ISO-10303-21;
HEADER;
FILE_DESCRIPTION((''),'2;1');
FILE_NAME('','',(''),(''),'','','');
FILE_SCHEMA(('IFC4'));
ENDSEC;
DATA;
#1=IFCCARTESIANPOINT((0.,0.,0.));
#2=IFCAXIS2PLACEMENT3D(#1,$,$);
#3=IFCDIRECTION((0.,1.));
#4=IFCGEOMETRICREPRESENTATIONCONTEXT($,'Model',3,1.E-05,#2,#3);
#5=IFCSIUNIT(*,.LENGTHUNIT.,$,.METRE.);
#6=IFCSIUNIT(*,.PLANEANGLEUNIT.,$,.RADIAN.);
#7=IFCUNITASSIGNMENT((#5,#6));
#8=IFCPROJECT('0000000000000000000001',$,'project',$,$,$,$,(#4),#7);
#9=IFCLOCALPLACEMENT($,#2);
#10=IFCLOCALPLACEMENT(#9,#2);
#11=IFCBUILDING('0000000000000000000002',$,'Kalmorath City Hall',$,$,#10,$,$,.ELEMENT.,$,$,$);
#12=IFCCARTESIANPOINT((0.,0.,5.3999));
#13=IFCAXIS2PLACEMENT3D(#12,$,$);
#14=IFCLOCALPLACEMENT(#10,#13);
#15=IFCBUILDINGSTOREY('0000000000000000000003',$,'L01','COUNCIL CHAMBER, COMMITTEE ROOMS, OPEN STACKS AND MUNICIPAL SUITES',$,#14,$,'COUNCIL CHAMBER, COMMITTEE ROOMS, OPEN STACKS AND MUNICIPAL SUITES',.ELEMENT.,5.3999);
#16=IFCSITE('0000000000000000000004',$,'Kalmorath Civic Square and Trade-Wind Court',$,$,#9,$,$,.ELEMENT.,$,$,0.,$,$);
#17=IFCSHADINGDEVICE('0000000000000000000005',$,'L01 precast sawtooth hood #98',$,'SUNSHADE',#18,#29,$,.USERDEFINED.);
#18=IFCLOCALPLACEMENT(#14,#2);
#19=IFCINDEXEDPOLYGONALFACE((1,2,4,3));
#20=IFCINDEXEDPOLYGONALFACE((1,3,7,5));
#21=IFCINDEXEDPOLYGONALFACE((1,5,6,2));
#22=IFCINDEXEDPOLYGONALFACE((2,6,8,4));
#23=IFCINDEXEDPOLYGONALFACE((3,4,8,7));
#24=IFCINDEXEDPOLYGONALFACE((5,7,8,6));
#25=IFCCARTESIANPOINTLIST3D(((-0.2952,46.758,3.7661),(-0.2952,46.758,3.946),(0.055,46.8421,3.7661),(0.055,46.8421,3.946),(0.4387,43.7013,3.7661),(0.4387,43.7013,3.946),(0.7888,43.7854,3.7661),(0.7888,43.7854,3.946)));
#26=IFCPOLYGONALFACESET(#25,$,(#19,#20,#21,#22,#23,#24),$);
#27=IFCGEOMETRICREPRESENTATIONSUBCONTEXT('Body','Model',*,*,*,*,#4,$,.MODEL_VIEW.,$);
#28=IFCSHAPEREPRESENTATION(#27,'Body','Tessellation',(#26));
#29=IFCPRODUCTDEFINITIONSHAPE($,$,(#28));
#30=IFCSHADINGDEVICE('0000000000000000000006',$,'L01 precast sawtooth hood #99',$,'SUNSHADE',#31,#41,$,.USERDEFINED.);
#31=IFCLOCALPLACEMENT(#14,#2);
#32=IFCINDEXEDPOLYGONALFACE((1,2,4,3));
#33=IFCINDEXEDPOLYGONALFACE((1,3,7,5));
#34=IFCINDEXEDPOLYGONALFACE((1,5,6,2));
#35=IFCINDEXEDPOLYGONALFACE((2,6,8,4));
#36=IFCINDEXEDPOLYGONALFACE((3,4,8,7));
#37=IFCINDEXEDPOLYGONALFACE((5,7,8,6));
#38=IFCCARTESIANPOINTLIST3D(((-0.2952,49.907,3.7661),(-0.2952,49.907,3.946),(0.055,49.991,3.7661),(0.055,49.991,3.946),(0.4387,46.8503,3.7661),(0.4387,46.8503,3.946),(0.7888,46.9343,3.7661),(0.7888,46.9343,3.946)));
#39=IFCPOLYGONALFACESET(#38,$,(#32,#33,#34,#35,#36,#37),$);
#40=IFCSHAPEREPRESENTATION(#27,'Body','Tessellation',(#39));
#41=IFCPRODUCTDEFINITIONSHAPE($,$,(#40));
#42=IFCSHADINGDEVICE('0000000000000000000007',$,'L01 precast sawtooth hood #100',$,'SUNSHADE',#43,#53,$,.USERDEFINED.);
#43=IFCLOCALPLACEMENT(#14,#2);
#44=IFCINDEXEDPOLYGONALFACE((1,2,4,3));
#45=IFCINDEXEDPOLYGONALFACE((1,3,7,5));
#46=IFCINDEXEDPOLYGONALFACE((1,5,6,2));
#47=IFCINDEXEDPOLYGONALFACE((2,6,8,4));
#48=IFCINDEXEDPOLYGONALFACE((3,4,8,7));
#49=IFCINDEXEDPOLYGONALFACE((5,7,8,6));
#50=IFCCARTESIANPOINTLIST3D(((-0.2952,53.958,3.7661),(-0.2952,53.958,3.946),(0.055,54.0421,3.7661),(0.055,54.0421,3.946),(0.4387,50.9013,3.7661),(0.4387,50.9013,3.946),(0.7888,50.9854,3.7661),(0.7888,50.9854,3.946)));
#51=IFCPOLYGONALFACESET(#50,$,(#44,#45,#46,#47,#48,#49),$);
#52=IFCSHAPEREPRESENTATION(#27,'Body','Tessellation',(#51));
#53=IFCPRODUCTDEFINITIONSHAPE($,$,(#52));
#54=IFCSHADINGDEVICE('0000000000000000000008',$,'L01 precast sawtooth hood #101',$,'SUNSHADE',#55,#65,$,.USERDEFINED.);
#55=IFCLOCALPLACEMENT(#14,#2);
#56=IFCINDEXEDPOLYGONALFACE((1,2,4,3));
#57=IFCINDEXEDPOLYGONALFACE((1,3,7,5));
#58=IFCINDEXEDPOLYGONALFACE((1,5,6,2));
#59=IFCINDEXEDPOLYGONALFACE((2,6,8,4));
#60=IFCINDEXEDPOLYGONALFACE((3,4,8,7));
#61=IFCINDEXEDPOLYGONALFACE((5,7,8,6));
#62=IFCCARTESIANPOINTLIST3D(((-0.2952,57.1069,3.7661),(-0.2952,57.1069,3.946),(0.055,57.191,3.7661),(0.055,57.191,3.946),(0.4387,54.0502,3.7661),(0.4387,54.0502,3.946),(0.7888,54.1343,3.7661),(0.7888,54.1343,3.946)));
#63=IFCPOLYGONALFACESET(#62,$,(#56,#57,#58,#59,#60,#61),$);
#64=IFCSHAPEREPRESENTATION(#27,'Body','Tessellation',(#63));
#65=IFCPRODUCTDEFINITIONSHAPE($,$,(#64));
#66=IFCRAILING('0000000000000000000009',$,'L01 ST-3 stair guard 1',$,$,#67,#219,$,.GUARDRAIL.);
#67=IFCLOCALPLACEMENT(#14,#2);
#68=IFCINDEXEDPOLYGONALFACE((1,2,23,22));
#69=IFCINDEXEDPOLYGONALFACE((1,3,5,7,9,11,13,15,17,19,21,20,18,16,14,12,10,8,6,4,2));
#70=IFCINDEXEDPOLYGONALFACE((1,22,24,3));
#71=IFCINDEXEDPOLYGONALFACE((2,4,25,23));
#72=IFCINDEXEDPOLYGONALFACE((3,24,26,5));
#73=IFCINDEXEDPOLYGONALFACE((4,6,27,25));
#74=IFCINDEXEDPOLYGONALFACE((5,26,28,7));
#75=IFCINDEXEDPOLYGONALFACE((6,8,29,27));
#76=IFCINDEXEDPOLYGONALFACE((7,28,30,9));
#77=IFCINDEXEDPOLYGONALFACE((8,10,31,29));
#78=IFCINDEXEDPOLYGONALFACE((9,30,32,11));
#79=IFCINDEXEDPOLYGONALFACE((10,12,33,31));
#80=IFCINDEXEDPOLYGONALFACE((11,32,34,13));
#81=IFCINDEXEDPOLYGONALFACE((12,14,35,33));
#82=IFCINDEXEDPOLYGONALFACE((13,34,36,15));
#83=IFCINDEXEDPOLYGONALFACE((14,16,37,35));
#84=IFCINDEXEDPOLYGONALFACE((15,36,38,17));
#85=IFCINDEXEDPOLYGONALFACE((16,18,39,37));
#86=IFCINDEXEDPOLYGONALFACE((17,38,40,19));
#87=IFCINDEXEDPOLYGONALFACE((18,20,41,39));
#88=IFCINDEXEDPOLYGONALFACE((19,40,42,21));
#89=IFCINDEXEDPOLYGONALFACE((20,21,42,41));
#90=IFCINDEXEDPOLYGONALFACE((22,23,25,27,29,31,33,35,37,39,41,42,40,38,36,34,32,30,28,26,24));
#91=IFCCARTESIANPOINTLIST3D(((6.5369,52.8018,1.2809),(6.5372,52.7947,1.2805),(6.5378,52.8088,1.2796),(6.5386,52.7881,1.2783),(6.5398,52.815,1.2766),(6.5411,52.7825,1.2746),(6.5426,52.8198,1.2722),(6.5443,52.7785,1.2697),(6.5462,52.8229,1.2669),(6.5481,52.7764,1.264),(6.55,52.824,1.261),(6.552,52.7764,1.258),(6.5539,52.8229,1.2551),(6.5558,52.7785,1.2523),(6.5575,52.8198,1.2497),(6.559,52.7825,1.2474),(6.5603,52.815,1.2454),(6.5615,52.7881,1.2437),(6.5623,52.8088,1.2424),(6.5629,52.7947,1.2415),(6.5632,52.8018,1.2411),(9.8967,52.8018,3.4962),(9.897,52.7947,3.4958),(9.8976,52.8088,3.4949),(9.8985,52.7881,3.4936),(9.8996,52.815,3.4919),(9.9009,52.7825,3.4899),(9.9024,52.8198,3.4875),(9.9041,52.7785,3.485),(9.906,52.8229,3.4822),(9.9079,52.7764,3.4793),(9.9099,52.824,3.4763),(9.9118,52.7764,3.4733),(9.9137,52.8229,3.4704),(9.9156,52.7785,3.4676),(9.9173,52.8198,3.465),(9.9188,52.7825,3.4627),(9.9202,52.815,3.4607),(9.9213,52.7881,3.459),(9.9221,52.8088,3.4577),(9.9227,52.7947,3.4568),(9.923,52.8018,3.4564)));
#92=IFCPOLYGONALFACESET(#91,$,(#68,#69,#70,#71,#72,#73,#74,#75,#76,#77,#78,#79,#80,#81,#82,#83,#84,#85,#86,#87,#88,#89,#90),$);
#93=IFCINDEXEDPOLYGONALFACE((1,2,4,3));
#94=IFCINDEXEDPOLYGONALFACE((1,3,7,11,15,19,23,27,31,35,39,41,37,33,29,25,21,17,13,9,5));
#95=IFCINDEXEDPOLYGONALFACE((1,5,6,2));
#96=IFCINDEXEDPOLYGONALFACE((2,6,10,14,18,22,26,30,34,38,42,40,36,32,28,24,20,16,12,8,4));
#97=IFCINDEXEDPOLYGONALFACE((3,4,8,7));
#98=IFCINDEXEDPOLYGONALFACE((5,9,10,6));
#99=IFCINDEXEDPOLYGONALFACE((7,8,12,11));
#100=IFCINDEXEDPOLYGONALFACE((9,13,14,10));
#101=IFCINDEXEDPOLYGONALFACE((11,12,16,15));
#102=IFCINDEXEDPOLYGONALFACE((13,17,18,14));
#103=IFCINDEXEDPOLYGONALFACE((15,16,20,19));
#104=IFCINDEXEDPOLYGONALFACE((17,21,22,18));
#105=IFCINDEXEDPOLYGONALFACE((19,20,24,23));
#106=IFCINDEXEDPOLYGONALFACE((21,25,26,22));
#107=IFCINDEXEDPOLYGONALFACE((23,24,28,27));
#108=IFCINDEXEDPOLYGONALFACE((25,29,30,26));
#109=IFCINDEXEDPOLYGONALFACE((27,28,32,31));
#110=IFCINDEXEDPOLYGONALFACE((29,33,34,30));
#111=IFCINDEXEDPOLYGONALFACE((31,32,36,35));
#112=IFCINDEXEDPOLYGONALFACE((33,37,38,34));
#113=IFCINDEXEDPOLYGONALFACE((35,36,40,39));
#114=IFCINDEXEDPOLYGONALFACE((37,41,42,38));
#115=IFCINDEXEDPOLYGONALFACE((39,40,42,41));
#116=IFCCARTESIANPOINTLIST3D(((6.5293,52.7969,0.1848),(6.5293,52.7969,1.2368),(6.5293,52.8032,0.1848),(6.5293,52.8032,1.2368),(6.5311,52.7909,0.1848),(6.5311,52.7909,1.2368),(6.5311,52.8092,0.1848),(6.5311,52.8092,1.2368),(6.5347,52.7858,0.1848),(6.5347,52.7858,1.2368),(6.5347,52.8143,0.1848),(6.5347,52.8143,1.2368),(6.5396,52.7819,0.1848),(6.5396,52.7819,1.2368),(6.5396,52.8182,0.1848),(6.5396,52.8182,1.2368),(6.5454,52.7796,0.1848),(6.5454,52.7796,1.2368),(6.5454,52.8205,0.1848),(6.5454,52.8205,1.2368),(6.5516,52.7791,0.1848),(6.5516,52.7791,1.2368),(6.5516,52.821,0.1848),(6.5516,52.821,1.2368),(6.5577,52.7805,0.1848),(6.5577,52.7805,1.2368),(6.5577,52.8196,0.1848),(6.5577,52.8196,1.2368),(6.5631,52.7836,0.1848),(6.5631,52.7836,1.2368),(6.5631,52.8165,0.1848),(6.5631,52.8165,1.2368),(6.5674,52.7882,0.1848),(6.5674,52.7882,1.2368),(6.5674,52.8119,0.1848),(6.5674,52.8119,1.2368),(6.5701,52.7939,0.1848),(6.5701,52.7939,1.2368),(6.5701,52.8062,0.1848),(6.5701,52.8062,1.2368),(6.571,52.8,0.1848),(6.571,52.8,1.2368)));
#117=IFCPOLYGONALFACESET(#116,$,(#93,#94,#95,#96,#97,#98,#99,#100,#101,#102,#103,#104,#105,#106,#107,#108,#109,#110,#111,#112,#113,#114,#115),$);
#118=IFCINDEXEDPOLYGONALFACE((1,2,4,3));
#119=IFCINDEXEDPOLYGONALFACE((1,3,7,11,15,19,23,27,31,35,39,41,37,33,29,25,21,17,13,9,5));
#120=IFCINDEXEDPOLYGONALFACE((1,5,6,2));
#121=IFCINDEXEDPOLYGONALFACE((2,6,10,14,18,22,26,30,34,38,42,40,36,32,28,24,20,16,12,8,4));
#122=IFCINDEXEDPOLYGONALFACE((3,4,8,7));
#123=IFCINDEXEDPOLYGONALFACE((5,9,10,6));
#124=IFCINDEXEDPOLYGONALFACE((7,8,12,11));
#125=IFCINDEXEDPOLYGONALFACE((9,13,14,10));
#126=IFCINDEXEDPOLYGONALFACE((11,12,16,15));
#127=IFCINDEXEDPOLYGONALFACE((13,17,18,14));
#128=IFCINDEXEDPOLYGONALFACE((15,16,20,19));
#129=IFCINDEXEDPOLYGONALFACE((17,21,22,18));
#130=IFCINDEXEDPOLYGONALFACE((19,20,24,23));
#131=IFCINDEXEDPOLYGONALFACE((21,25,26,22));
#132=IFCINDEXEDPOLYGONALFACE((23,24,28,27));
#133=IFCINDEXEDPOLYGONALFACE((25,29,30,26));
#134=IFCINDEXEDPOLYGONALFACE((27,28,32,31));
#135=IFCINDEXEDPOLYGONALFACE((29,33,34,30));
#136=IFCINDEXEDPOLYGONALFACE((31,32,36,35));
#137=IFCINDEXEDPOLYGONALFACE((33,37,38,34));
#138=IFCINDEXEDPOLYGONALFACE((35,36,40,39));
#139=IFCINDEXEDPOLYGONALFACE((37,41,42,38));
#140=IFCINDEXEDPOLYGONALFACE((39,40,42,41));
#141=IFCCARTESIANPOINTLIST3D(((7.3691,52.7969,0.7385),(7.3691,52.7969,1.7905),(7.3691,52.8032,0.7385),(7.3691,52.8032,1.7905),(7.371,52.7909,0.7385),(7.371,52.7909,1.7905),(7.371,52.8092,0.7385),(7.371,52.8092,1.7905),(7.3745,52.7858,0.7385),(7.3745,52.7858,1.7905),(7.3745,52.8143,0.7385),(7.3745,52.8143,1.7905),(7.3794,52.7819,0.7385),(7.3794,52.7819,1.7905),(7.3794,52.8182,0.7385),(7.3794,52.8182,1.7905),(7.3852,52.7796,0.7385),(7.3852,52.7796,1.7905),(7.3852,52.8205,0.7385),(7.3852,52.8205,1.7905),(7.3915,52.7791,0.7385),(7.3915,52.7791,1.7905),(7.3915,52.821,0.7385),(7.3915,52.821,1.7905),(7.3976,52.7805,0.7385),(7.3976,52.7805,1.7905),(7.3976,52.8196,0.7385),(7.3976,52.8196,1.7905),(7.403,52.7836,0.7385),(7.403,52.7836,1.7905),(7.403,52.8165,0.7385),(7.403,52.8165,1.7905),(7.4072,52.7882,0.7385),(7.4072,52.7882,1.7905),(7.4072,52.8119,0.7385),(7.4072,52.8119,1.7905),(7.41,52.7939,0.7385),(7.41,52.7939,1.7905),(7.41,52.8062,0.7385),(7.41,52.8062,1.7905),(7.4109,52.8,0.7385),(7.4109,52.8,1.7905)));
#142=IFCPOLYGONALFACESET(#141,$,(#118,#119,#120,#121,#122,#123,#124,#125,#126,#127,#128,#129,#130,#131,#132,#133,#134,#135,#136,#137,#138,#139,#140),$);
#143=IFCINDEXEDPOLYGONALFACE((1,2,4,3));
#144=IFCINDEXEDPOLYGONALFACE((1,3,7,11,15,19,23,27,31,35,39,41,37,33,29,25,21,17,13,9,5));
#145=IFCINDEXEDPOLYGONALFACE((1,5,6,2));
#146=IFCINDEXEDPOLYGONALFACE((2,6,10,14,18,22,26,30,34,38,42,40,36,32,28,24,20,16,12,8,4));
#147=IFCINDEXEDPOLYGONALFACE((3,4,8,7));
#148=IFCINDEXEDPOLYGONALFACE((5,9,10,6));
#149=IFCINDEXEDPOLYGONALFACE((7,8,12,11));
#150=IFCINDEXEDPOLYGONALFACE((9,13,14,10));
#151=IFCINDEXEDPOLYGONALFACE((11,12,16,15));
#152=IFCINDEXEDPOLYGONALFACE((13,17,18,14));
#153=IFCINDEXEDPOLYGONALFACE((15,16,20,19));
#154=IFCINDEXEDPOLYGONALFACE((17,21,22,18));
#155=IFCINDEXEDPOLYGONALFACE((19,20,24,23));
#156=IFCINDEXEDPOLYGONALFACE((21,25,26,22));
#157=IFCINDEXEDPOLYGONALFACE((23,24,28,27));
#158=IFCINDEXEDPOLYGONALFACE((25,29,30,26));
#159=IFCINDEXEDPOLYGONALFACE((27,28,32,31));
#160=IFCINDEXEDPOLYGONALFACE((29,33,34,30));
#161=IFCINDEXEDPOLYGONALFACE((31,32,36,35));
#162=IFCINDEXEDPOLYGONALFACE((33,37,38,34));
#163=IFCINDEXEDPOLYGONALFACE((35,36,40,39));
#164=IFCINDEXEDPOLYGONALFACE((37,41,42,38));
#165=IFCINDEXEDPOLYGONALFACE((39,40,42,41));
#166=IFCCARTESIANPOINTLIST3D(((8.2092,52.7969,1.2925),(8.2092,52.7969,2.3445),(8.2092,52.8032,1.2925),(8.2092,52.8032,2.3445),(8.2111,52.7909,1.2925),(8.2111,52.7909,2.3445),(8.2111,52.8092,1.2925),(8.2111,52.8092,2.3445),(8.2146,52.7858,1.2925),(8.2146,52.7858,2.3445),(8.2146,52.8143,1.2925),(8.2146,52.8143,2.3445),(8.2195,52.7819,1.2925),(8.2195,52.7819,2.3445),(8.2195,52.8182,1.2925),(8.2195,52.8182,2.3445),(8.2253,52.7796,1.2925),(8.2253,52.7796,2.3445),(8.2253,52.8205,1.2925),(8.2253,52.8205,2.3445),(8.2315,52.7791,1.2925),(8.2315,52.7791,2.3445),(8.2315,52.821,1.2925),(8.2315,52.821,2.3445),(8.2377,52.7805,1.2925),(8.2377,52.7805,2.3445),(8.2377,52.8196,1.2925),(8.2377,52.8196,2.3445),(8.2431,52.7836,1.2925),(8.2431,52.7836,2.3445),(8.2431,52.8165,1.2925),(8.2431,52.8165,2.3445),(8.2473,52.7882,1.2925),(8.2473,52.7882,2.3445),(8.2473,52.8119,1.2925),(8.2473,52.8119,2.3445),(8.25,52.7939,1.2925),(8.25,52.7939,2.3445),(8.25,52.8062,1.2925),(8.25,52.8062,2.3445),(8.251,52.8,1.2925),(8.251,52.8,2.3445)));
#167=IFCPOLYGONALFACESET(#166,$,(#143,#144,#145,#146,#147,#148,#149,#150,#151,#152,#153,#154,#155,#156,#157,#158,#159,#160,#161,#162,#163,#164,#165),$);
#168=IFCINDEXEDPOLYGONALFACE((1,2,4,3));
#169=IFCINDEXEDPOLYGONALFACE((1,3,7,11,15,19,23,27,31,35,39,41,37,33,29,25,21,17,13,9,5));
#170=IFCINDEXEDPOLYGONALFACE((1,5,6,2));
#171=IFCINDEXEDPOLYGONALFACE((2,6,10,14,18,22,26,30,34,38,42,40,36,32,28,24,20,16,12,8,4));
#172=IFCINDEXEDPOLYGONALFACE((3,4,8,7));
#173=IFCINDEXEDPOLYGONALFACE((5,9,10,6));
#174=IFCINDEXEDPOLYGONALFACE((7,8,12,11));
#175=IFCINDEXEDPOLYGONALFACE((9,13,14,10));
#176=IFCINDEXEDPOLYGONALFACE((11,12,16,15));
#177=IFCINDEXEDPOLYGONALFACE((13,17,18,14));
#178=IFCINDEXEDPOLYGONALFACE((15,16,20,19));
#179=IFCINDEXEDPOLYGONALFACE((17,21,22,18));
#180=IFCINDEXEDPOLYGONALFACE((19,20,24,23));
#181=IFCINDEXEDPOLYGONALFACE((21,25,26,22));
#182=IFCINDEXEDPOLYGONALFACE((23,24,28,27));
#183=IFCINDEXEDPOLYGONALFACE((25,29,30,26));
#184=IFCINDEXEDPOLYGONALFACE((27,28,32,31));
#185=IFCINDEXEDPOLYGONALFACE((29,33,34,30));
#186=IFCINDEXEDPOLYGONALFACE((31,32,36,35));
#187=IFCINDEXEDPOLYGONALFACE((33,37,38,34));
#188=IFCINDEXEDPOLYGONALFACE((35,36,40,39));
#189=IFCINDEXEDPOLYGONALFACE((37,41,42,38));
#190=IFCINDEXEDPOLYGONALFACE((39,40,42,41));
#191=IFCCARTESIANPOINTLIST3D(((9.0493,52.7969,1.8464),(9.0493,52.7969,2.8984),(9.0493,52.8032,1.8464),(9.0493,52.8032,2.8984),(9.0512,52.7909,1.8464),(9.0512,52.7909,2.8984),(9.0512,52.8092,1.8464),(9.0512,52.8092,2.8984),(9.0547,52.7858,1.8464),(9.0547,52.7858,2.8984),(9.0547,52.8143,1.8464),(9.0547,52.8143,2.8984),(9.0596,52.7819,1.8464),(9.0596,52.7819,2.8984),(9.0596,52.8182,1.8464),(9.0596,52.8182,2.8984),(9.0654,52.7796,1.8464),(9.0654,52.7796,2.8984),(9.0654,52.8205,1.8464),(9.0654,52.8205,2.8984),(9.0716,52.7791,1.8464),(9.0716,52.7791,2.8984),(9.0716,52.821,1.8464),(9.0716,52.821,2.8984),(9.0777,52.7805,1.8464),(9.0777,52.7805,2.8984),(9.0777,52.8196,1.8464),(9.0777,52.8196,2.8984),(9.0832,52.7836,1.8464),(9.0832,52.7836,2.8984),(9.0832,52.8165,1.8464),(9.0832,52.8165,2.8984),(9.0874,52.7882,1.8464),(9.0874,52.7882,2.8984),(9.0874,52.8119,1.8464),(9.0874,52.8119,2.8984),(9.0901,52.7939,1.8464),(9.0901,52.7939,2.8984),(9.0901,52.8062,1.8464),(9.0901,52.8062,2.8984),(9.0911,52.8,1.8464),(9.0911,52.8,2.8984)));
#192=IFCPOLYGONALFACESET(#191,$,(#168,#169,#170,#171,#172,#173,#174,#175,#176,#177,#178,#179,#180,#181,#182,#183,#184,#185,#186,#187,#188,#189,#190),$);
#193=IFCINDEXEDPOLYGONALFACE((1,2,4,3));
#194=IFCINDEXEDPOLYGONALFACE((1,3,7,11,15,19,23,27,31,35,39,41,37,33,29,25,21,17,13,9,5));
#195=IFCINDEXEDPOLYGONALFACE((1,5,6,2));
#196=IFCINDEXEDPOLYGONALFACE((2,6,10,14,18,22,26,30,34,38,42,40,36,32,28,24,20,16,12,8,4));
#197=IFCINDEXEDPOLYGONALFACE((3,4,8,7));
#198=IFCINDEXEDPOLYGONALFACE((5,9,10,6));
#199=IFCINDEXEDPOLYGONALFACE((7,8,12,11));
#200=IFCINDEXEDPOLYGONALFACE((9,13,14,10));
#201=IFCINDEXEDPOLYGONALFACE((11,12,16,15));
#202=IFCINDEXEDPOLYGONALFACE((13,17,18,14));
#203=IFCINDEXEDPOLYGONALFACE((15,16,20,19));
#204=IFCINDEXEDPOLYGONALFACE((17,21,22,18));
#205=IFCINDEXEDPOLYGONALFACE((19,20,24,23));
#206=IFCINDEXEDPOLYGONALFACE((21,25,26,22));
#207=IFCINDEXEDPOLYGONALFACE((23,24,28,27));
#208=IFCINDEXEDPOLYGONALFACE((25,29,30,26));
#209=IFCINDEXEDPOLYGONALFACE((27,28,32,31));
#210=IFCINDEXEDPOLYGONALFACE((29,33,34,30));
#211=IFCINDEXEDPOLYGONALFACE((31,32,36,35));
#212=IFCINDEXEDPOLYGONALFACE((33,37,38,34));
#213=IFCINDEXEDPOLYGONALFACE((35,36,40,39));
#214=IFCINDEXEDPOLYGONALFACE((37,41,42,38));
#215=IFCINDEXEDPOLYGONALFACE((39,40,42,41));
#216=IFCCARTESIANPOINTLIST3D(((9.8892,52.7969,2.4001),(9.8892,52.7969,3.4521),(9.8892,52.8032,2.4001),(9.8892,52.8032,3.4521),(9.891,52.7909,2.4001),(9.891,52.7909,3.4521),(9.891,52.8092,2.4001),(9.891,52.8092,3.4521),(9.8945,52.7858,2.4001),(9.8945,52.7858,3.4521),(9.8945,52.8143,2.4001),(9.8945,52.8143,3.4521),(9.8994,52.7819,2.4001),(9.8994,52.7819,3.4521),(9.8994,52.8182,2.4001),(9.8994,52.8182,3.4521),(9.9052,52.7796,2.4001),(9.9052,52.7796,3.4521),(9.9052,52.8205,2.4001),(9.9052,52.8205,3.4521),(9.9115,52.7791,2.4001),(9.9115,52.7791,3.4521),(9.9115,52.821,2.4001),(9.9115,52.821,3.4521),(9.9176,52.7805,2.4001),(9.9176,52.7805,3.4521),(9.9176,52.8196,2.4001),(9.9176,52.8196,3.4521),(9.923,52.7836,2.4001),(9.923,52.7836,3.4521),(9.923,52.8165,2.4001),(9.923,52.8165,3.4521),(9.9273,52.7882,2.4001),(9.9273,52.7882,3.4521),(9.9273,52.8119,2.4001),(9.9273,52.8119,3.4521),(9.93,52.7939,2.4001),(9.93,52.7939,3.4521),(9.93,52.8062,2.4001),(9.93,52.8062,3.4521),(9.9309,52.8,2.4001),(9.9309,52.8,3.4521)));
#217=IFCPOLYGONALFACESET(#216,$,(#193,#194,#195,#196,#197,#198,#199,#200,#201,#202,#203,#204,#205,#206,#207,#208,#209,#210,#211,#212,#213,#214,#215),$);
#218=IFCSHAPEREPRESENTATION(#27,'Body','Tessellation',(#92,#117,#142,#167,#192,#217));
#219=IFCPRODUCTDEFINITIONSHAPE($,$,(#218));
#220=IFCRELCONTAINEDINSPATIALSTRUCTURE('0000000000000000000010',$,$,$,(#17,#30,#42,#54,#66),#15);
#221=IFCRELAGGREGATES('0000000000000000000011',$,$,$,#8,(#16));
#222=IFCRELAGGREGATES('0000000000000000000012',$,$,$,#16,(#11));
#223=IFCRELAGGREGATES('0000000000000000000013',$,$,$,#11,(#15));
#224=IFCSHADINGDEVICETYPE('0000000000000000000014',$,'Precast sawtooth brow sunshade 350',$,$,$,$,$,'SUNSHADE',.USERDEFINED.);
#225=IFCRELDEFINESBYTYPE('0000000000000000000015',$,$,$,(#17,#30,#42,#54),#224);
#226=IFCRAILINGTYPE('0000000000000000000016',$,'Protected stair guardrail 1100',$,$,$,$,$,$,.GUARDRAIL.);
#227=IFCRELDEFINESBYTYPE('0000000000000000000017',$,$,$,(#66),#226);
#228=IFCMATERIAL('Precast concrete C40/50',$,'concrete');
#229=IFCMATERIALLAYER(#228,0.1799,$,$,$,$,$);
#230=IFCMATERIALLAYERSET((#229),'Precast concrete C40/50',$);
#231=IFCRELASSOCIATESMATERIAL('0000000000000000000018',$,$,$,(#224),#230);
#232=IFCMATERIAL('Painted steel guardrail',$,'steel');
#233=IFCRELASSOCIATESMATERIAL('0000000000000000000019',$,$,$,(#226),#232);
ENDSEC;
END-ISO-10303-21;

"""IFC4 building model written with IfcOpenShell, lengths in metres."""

from ifc_helpers import new_model, si_unit, direction, frame, origin, origin_2d, place, context, subcontext, project, spatial, rectangle, circle, extrude, material, layer, layer_set, type_object, element, save


model = new_model("IFC4")

# Units and contexts
model_context = context("Model", 3, precision=1e-05, world=origin(), true_north=direction((0.0, 1.0)))
body_context = subcontext(model_context, "Body", "Model", "MODEL_VIEW")
ifc_project = project(units=[si_unit("LENGTHUNIT", "METRE"), si_unit("PLANEANGLEUNIT", "RADIAN")], contexts=[model_context])

# Site, building, storey
site_placement = place(None, origin())
site = spatial("IfcSite", under=ifc_project, at=site_placement, Name="Kalmorath Civic Square and Trade-Wind Court", CompositionType="ELEMENT", RefElevation=0.0)
building_placement = place(site_placement, origin())
building = spatial("IfcBuilding", under=site, at=building_placement, Name="Kalmorath City Hall", CompositionType="ELEMENT")
storey_placement = place(building_placement, frame((0.0, 0.0, 5.3999)))
storey = spatial("IfcBuildingStorey", under=building, at=storey_placement, Name="L01", Description="COUNCIL CHAMBER, COMMITTEE ROOMS, OPEN STACKS AND MUNICIPAL SUITES", LongName="COUNCIL CHAMBER, COMMITTEE ROOMS, OPEN STACKS AND MUNICIPAL SUITES", CompositionType="ELEMENT", Elevation=5.3999)

# Shading devices
ifc_material_1 = material(Name="Precast concrete C40/50", Category="concrete")
ifc_layer_1 = layer(ifc_material_1, 0.1799)
ifc_layer_set_1 = layer_set([ifc_layer_1], Name="Precast concrete C40/50")
shading_device_type = type_object("IfcShadingDeviceType", Name="Precast sawtooth brow sunshade 350", ElementType="SUNSHADE", PredefinedType="USERDEFINED", material=ifc_layer_set_1)
for number, where, z_axis, x_axis, name in (
    (1, (0.2468, 45.2717, 3.7661), (0.0, 0.0, 1.0), (-0.233445, 0.97237, 0.0), "L01 precast sawtooth hood #98"),
    (2, (0.2468, 48.4207, 3.7661), (0.0, 0.0, 1.0), (-0.233445, 0.97237, 0.0), "L01 precast sawtooth hood #99"),
    (3, (0.2468, 52.4717, 3.7661), (0.0, 0.0, 1.0), (-0.233445, 0.97237, 0.0), "L01 precast sawtooth hood #100"),
    (4, (0.2468, 55.6206, 3.7661), (0.0, 0.0, 1.0), (-0.233445, 0.97237, 0.0), "L01 precast sawtooth hood #101"),
):
    element("IfcShadingDevice", number, at=place(storey_placement, frame(where, z_axis=z_axis, x_axis=x_axis)), inside=storey, type_object=shading_device_type, Name=name, ObjectType="SUNSHADE", PredefinedType="USERDEFINED", context=body_context, shape_type="SweptSolid", body=[
        extrude(rectangle(XDim=3.1436, YDim=0.3601, at=origin_2d()), origin(), (0.0, 0.0, 1.0), 0.1799),
    ])

# Railing
ifc_material_2 = material(Name="Painted steel guardrail", Category="steel")
railing_type_1 = type_object("IfcRailingType", Name="Protected stair guardrail 1100", PredefinedType="GUARDRAIL", material=ifc_material_2)
railing_1_placement = place(storey_placement, frame((6.55, 52.8, 0.1848)))
element("IfcRailing", 5, at=railing_1_placement, inside=storey, type_object=railing_type_1, Name="L01 ST-3 stair guard 1", PredefinedType="GUARDRAIL", context=body_context, shape_type="SweptSolid", body=[
    extrude(circle(Radius=0.0239, at=origin_2d()), frame((0.0, 0.0, 1.0762), z_axis=(0.834858, 0.0, 0.550465), x_axis=(0.0, 1.0, 0.0)), (0.0, 0.0, 1.0), 4.0244),
    extrude(circle(Radius=0.021, at=origin_2d()), origin(), (0.0, 0.0, 1.0), 1.052),
    extrude(circle(Radius=0.021, at=origin_2d()), frame((0.8398, 0.0, 0.5537)), (0.0, 0.0, 1.0), 1.052),
    extrude(circle(Radius=0.021, at=origin_2d()), frame((1.6799, 0.0, 1.1077)), (0.0, 0.0, 1.0), 1.052),
    extrude(circle(Radius=0.021, at=origin_2d()), frame((2.52, 0.0, 1.6616)), (0.0, 0.0, 1.0), 1.052),
    extrude(circle(Radius=0.021, at=origin_2d()), frame((3.3599, 0.0, 2.2153)), (0.0, 0.0, 1.0), 1.052),
])

save(model, "model.ifc")
